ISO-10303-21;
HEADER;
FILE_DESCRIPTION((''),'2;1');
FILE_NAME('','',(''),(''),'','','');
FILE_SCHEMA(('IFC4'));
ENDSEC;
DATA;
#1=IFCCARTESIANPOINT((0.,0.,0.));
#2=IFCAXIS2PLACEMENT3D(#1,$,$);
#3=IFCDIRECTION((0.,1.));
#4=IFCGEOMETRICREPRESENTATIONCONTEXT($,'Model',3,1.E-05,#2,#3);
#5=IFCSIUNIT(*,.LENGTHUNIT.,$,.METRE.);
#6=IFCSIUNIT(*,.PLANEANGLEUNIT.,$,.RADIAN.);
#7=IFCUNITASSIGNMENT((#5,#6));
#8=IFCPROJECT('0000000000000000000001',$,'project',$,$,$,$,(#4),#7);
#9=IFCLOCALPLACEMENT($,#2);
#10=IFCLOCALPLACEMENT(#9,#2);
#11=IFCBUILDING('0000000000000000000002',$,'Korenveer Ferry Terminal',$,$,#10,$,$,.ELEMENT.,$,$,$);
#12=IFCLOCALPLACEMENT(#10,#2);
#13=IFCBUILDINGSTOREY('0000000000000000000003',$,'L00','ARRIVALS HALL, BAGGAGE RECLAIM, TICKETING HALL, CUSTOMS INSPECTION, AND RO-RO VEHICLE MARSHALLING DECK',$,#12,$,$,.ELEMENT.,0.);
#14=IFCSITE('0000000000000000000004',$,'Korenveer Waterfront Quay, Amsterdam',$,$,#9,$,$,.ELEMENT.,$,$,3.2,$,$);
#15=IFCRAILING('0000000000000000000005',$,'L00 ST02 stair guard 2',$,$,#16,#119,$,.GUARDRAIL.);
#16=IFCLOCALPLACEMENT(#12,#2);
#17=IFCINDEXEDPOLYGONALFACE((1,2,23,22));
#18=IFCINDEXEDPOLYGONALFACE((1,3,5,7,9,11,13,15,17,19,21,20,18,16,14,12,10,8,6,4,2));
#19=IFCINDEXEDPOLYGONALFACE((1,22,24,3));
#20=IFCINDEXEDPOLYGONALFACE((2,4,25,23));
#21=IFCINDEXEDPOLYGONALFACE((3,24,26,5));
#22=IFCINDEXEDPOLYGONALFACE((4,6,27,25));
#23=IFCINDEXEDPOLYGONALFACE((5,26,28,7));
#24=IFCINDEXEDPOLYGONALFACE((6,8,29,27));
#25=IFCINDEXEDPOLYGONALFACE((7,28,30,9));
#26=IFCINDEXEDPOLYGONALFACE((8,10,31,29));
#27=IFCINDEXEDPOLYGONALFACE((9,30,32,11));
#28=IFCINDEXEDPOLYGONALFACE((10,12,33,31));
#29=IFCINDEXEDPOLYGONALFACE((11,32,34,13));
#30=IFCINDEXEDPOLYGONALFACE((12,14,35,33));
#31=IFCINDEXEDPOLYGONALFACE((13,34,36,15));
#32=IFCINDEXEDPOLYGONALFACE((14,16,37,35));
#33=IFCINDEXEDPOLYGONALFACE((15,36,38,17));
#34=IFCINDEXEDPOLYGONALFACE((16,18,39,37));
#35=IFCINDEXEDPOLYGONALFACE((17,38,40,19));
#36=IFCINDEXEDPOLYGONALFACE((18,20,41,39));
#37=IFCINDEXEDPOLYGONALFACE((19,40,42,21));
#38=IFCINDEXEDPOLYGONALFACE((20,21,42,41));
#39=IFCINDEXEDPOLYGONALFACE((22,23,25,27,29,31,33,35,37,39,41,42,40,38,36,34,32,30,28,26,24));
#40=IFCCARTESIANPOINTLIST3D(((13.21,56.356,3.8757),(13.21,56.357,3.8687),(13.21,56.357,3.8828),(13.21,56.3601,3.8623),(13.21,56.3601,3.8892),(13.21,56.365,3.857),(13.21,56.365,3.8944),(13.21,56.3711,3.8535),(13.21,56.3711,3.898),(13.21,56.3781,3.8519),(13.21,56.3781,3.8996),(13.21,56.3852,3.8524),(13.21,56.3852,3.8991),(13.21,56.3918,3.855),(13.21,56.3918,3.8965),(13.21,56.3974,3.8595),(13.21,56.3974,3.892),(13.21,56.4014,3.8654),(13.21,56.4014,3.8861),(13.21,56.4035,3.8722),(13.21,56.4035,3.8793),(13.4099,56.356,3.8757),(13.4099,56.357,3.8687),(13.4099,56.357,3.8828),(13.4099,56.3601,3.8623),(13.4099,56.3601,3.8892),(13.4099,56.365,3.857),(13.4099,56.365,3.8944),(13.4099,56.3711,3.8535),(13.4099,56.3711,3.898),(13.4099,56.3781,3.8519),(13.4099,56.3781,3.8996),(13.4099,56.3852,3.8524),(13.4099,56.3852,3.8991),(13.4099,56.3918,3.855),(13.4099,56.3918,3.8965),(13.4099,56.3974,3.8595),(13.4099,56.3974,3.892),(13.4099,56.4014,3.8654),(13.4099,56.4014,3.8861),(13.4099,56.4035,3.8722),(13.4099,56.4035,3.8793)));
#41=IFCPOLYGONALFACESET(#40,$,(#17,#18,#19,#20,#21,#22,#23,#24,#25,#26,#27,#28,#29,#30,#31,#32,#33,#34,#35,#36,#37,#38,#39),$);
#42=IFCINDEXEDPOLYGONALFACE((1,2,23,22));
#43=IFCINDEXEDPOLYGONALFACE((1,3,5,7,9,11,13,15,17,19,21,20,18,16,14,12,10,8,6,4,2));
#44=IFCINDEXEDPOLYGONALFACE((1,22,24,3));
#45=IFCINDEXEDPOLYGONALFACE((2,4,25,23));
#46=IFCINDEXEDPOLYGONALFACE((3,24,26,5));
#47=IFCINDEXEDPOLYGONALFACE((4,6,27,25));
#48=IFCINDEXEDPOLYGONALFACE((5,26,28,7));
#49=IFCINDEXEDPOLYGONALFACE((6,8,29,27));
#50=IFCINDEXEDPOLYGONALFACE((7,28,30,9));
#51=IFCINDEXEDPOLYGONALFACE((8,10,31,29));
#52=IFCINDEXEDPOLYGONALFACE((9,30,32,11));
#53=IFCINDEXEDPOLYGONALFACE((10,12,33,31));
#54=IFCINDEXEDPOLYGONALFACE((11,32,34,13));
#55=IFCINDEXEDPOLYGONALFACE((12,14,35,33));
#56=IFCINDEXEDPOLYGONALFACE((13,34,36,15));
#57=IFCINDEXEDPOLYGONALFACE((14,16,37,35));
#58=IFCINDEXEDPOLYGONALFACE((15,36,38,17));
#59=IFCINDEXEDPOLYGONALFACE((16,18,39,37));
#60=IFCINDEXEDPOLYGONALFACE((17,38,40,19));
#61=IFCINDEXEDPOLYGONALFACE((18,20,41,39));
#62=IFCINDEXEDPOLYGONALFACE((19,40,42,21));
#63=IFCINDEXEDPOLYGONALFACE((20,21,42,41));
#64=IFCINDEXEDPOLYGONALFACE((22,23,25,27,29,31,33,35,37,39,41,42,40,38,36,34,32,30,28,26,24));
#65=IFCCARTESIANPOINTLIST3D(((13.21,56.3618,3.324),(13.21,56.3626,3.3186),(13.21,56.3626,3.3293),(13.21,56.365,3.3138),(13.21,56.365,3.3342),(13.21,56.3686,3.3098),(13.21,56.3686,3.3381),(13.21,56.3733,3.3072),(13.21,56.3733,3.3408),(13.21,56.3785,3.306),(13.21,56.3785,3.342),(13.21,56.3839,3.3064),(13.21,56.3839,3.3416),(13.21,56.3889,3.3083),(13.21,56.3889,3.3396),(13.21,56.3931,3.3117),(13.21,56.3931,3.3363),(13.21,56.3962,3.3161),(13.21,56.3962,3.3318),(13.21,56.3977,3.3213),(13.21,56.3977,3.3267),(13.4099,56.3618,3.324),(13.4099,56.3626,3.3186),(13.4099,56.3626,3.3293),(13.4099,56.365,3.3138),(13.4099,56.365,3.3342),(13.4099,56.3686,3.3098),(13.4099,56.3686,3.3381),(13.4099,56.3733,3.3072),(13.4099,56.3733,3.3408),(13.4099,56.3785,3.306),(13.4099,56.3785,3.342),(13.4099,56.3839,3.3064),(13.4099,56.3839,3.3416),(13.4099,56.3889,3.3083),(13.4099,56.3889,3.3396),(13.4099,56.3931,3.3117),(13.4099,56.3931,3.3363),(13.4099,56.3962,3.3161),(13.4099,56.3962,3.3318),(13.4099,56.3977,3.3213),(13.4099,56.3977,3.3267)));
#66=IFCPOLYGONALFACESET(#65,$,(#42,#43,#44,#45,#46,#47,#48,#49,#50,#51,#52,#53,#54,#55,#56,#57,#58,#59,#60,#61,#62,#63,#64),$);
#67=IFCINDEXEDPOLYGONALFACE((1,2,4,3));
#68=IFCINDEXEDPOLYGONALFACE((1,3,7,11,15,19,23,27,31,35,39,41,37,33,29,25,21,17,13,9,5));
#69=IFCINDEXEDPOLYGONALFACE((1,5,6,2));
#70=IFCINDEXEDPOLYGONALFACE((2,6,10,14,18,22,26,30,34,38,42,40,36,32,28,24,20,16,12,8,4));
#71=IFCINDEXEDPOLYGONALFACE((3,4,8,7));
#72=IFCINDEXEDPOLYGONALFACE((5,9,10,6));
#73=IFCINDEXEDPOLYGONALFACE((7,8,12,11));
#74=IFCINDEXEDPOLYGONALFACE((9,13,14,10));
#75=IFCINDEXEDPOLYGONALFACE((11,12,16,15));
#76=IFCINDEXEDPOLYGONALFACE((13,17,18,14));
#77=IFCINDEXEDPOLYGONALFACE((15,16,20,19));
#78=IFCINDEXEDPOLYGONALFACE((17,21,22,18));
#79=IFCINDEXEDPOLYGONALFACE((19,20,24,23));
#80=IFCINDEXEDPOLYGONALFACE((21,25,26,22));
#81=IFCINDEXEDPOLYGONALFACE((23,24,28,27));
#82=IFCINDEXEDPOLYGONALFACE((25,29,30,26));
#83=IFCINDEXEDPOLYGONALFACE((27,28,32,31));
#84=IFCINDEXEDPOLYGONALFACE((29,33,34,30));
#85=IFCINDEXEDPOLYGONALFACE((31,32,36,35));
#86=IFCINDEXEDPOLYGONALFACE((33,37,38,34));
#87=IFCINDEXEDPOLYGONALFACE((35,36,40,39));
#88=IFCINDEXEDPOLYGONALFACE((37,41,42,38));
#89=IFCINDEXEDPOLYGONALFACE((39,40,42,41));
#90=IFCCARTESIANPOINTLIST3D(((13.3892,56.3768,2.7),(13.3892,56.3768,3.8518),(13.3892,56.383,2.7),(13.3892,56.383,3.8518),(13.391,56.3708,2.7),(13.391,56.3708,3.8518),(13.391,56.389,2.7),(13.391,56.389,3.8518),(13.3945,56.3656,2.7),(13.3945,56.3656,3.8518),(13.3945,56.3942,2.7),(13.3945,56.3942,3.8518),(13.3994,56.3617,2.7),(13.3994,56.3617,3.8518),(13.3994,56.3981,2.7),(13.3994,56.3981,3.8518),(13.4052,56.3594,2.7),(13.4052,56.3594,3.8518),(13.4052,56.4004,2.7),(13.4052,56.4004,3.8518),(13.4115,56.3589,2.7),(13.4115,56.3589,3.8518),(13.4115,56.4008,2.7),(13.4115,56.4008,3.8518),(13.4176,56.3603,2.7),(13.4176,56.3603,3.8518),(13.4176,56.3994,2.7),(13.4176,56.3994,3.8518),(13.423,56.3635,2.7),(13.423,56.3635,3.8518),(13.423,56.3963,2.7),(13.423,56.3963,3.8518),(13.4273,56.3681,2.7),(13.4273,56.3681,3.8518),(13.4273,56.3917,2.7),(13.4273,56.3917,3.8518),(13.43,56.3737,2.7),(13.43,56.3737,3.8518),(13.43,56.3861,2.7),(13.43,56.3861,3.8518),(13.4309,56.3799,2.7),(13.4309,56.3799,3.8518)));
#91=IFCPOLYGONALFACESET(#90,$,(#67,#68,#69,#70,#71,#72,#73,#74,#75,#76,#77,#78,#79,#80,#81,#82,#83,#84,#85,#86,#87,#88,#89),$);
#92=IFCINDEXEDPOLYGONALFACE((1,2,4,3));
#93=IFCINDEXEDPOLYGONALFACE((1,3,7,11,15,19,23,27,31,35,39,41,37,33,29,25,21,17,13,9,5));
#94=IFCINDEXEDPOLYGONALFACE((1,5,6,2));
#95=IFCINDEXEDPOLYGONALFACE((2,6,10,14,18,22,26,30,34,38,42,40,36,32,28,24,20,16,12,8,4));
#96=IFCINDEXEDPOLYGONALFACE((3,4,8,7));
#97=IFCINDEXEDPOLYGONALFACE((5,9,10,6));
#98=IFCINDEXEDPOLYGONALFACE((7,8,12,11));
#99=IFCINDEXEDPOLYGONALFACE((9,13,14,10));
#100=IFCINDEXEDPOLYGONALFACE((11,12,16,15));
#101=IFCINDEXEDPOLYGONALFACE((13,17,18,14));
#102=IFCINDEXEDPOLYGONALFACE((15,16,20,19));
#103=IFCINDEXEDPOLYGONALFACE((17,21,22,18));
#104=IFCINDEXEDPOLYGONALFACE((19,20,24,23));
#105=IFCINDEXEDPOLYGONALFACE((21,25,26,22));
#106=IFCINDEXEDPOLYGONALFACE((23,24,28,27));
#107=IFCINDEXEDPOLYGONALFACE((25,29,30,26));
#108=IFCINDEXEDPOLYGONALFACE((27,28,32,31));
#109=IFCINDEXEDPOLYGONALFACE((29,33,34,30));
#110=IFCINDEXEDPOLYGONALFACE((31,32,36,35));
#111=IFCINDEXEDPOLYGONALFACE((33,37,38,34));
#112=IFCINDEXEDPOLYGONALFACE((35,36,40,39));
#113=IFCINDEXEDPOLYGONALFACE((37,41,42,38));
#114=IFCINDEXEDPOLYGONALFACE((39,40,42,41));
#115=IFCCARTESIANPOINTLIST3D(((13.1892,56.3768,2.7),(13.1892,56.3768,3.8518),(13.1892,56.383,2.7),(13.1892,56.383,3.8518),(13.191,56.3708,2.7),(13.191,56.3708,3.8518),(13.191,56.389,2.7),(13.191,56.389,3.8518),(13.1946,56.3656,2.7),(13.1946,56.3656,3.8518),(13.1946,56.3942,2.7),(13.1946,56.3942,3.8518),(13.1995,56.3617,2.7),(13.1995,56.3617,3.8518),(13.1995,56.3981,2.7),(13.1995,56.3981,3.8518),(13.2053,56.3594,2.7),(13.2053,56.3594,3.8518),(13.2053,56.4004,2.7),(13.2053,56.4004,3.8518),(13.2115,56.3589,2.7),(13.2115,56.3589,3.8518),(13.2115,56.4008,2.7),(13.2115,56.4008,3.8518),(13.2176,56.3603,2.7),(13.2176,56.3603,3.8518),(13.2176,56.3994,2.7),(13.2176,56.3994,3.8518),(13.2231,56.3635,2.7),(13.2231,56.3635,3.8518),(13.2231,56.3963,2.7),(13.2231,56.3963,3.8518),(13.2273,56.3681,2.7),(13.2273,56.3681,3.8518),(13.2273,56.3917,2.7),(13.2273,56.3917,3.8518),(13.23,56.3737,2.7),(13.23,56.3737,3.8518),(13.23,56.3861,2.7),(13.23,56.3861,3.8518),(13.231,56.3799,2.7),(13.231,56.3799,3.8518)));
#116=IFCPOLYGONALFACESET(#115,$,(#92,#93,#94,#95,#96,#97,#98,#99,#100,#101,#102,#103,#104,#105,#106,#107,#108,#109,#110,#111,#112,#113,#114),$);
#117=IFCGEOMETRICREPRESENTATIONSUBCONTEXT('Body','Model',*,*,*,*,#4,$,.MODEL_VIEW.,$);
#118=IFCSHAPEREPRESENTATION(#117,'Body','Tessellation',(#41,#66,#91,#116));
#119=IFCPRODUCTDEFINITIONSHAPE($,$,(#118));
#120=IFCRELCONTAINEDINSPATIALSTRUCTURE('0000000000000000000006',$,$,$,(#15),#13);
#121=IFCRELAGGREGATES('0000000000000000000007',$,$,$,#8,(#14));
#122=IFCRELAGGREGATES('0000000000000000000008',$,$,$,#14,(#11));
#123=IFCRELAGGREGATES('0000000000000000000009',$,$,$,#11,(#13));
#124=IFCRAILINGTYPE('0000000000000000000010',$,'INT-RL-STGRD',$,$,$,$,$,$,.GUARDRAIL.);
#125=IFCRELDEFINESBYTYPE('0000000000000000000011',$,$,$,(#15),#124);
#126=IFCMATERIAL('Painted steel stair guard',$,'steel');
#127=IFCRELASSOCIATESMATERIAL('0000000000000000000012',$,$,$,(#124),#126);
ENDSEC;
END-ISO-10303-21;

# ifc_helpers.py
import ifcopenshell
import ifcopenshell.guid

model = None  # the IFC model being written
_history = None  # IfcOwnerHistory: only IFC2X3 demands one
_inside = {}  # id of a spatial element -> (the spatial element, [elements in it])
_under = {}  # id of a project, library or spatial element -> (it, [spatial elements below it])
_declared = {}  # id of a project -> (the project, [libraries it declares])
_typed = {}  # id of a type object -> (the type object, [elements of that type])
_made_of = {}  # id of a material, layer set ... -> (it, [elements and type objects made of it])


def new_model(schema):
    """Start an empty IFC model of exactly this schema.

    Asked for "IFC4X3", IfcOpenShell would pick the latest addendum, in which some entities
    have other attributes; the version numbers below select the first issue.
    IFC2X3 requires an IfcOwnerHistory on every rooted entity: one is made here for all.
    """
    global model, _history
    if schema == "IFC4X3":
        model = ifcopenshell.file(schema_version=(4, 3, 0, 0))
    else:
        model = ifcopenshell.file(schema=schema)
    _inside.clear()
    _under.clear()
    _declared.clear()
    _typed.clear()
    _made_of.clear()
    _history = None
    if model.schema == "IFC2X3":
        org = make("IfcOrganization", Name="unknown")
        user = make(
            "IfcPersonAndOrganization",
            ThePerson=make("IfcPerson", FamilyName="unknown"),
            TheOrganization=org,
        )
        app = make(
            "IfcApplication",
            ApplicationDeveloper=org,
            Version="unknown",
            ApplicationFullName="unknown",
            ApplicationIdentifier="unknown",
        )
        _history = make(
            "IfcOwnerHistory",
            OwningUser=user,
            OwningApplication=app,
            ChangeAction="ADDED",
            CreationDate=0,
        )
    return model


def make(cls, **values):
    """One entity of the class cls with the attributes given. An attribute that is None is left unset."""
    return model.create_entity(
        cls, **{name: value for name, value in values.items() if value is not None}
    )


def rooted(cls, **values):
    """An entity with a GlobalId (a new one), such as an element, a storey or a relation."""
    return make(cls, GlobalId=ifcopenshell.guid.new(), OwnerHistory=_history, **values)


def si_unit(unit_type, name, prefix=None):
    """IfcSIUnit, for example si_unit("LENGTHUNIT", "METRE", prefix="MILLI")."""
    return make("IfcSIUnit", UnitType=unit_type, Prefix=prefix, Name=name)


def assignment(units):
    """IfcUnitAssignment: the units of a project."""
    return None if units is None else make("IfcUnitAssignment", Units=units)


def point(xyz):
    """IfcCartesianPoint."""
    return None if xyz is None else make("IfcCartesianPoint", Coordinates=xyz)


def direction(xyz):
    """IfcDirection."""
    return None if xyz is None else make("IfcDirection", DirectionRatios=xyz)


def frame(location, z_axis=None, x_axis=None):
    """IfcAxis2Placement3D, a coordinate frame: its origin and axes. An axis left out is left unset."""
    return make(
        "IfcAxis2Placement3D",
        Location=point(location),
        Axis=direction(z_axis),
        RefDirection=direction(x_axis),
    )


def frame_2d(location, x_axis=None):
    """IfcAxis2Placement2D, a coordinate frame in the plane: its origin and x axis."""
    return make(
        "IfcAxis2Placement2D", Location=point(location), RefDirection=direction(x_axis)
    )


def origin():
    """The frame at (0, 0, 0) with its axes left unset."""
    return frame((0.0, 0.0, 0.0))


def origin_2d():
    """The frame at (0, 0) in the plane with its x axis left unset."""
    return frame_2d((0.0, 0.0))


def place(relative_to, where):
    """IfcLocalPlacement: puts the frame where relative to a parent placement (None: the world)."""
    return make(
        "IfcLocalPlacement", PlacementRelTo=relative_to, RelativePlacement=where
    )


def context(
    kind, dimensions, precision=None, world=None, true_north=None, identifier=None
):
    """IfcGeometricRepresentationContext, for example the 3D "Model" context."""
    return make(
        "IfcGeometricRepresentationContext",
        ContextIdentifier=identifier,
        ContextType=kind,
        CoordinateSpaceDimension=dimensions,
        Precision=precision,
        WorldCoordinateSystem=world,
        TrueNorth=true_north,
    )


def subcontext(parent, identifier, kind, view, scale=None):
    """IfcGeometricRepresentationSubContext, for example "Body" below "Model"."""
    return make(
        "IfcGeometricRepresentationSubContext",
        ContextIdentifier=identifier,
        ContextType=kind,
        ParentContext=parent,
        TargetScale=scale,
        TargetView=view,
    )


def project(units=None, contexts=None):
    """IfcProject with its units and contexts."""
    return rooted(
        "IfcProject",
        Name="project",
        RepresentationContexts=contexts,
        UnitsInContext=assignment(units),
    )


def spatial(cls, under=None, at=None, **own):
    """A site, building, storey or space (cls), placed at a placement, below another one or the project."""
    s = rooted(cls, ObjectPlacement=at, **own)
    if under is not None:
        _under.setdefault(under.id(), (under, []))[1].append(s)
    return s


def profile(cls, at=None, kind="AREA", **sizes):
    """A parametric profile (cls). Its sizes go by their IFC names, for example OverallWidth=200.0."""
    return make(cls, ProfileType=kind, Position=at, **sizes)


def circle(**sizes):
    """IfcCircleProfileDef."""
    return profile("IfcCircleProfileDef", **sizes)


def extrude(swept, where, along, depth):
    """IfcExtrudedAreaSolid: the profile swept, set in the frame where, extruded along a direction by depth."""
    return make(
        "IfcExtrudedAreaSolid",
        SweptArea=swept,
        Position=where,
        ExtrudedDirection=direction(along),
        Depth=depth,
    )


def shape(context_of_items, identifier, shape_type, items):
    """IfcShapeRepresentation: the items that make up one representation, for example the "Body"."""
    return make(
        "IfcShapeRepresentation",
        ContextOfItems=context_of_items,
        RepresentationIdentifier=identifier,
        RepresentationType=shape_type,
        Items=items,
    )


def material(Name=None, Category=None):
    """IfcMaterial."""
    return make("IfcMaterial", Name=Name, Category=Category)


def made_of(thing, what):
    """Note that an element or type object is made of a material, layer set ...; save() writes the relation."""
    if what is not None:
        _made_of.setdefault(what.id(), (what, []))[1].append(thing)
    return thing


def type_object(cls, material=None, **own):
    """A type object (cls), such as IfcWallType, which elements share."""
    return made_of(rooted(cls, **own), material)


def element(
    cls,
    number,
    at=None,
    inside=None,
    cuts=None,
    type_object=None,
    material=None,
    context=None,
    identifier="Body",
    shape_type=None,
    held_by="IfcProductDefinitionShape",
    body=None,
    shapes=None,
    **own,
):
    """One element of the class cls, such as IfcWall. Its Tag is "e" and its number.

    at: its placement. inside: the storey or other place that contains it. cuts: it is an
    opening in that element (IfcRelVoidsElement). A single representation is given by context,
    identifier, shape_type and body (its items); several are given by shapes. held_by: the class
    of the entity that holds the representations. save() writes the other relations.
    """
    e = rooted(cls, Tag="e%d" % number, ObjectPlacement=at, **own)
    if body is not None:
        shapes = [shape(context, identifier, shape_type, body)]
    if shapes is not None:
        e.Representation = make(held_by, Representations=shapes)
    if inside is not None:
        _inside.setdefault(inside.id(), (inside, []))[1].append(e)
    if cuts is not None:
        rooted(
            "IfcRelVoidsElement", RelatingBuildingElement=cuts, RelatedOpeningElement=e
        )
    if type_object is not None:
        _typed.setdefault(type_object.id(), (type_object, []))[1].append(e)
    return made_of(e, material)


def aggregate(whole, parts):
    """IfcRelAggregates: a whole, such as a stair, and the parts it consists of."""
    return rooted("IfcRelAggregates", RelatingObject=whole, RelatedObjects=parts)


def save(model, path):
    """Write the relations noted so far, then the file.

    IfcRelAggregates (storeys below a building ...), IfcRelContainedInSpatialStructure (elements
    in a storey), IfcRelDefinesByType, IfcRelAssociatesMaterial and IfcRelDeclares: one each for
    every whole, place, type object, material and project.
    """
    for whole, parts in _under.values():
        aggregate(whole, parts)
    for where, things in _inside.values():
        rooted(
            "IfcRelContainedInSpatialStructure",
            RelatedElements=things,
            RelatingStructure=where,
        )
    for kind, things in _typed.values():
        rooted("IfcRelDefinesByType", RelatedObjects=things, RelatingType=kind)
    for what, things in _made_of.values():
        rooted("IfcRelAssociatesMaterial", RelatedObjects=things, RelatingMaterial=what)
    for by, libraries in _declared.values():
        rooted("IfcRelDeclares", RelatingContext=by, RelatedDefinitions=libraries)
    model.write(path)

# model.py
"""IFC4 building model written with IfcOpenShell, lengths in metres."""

from ifc_helpers import new_model, si_unit, direction, frame, origin, origin_2d, place, context, subcontext, project, spatial, circle, extrude, material, type_object, element, save


model = new_model("IFC4")

# Units and contexts
model_context = context("Model", 3, precision=1e-05, world=origin(), true_north=direction((0.0, 1.0)))
body_context = subcontext(model_context, "Body", "Model", "MODEL_VIEW")
ifc_project = project(units=[si_unit("LENGTHUNIT", "METRE"), si_unit("PLANEANGLEUNIT", "RADIAN")], contexts=[model_context])

# Site, building, storey
site_placement = place(None, origin())
site = spatial("IfcSite", under=ifc_project, at=site_placement, Name="Korenveer Waterfront Quay, Amsterdam", CompositionType="ELEMENT", RefElevation=3.2)
building_placement = place(site_placement, origin())
building = spatial("IfcBuilding", under=site, at=building_placement, Name="Korenveer Ferry Terminal", CompositionType="ELEMENT")
storey_placement = place(building_placement, origin())
storey = spatial("IfcBuildingStorey", under=building, at=storey_placement, Name="L00", Description="ARRIVALS HALL, BAGGAGE RECLAIM, TICKETING HALL, CUSTOMS INSPECTION, AND RO-RO VEHICLE MARSHALLING DECK", CompositionType="ELEMENT", Elevation=0.0)

# Railing
ifc_material_1 = material(Name="Painted steel stair guard", Category="steel")
railing_type_1 = type_object("IfcRailingType", Name="INT-RL-STGRD", PredefinedType="GUARDRAIL", material=ifc_material_1)
railing_1_placement = place(storey_placement, frame((13.4099, 56.3799, 2.7)))
element("IfcRailing", 1, at=railing_1_placement, inside=storey, type_object=railing_type_1, Name="L00 ST02 stair guard 2", PredefinedType="GUARDRAIL", context=body_context, shape_type="SweptSolid", body=[
    extrude(circle(Radius=0.0239, at=origin_2d()), frame((0.0, 0.0, 1.1758), z_axis=(-1.0, 0.0, 0.0), x_axis=(0.0, -1.0, 0.0)), (0.0, 0.0, 1.0), 0.2),
    extrude(circle(Radius=0.0181, at=origin_2d()), frame((0.0, 0.0, 0.624), z_axis=(-1.0, 0.0, 0.0), x_axis=(0.0, -1.0, 0.0)), (0.0, 0.0, 1.0), 0.2),
    extrude(circle(Radius=0.021, at=origin_2d()), origin(), (0.0, 0.0, 1.0), 1.1519),
    extrude(circle(Radius=0.021, at=origin_2d()), frame((-0.2, 0.0, 0.0)), (0.0, 0.0, 1.0), 1.1519),
])

save(model, "model.ifc")
